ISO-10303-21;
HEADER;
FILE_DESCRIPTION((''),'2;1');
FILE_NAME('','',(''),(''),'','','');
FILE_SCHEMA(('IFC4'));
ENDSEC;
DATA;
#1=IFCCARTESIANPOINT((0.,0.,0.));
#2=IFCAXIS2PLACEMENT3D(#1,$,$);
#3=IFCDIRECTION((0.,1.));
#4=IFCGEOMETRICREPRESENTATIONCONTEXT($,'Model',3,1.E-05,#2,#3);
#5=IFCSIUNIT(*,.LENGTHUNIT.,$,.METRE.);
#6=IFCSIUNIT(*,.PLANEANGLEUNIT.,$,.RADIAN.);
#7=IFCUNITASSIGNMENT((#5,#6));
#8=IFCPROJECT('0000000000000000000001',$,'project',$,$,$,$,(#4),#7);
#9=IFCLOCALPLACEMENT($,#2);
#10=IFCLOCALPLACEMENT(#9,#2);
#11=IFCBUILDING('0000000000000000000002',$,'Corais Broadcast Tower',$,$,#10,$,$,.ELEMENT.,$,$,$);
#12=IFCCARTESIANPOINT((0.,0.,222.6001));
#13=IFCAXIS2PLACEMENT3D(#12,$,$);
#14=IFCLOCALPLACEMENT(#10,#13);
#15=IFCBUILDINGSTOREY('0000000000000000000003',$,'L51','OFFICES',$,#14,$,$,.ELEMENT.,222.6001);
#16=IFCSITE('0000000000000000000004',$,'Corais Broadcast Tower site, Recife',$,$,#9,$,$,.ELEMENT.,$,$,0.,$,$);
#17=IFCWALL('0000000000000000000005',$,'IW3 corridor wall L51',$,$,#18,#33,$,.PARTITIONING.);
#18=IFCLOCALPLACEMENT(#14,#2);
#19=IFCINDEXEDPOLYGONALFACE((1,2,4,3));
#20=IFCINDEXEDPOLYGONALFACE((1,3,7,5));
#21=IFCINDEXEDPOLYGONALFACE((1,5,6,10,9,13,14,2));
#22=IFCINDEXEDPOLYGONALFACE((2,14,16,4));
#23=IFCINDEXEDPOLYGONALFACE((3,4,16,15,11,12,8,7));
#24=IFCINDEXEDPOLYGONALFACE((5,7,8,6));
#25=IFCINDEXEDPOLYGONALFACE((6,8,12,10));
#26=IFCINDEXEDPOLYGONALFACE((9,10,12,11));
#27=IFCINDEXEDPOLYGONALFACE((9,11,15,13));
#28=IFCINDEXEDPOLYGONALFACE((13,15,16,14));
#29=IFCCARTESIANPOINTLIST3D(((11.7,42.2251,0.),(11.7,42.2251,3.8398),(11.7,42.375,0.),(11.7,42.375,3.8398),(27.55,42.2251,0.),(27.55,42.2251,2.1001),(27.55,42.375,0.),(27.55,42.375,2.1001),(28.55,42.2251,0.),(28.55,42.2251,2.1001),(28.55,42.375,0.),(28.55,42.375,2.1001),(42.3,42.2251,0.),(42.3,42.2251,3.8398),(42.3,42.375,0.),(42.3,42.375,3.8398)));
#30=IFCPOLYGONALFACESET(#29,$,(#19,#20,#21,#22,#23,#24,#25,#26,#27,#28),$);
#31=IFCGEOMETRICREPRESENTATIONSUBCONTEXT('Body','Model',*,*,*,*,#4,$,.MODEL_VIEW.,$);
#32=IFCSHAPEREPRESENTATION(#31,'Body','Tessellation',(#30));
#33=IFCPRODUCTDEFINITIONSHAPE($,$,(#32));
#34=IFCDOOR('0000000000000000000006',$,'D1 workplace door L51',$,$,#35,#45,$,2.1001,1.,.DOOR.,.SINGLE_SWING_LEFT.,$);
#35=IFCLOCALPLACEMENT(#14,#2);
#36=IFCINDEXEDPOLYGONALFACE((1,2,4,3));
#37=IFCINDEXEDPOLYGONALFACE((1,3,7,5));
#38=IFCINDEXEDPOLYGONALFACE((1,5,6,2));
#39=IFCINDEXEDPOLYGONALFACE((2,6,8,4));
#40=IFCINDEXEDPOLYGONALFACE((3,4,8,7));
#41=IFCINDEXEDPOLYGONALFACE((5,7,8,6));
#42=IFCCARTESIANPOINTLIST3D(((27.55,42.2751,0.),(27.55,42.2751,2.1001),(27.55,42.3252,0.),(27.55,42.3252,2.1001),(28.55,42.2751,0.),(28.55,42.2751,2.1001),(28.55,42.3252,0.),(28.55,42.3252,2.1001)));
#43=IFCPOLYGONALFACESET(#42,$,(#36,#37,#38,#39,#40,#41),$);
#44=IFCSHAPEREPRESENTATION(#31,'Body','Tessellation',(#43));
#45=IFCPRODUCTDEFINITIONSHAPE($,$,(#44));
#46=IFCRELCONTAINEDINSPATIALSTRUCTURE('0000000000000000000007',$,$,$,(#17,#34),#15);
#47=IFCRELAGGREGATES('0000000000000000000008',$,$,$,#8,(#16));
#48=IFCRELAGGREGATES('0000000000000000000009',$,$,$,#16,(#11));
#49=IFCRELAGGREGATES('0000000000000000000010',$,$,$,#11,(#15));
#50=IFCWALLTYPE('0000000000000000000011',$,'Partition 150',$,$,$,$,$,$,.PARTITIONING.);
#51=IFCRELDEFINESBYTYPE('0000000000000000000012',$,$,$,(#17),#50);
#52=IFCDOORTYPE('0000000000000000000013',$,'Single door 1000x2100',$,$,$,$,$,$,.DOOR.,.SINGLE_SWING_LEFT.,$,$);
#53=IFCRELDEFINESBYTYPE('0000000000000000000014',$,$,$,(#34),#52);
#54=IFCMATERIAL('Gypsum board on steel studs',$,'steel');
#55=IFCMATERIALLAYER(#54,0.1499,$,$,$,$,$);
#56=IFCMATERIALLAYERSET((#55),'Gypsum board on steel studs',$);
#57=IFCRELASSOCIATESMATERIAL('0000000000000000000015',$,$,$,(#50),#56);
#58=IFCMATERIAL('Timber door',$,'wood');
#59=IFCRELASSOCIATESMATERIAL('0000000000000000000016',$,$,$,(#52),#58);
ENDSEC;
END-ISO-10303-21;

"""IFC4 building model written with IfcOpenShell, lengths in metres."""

from ifc_helpers import new_model, si_unit, direction, frame, frame_2d, origin, place, context, subcontext, project, spatial, rectangle, extrude, material, layer, layer_set, type_object, element, fill, save


model = new_model("IFC4")

# Units and contexts
model_context = context("Model", 3, precision=1e-05, world=origin(), true_north=direction((0.0, 1.0)))
body_context = subcontext(model_context, "Body", "Model", "MODEL_VIEW")
ifc_project = project(units=[si_unit("LENGTHUNIT", "METRE"), si_unit("PLANEANGLEUNIT", "RADIAN")], contexts=[model_context])

# Site, building, storey
site_placement = place(None, origin())
site = spatial("IfcSite", under=ifc_project, at=site_placement, Name="Corais Broadcast Tower site, Recife", CompositionType="ELEMENT", RefElevation=0.0)
building_placement = place(site_placement, origin())
building = spatial("IfcBuilding", under=site, at=building_placement, Name="Corais Broadcast Tower", CompositionType="ELEMENT")
storey_placement = place(building_placement, frame((0.0, 0.0, 222.6001)))
storey = spatial("IfcBuildingStorey", under=building, at=storey_placement, Name="L51", Description="OFFICES", CompositionType="ELEMENT", Elevation=222.6001)

# Wall, opening, door
ifc_material_1 = material(Name="Gypsum board on steel studs", Category="steel")
ifc_layer_1 = layer(ifc_material_1, 0.1499)
ifc_layer_set_1 = layer_set([ifc_layer_1], Name="Gypsum board on steel studs")
wall_type = type_object("IfcWallType", Name="Partition 150", PredefinedType="PARTITIONING", material=ifc_layer_set_1)
wall_placement = place(storey_placement, frame((42.3, 42.3, 0.0), z_axis=(0.0, 0.0, 1.0), x_axis=(-1.0, 0.0, 0.0)))
wall = element("IfcWall", 1, at=wall_placement, inside=storey, type_object=wall_type, Name="IW3 corridor wall L51", PredefinedType="PARTITIONING", context=body_context, shape_type="SweptSolid", body=[
    extrude(rectangle(XDim=30.6001, YDim=0.1499, at=frame_2d((15.3, 0.0))), origin(), (0.0, 0.0, 1.0), 3.8398),
])
opening_placement = place(wall_placement, frame((13.75, 0.0, 0.0)))
opening = element("IfcOpeningElement", 2, at=opening_placement, cuts=wall, PredefinedType="OPENING", context=body_context, shape_type="SweptSolid", body=[
    extrude(rectangle(XDim=1.0, YDim=2.1001, at=frame_2d((0.5, 1.05))), frame((0.0, 0.085, 0.0), z_axis=(0.0, -1.0, 0.0), x_axis=(1.0, 0.0, 0.0)), (0.0, 0.0, 1.0), 0.1699),
])
ifc_material_2 = material(Name="Timber door", Category="wood")
door_type = type_object("IfcDoorType", Name="Single door 1000x2100", OperationType="SINGLE_SWING_LEFT", PredefinedType="DOOR", material=ifc_material_2)
door_placement = place(opening_placement, origin())
door = element("IfcDoor", 3, at=door_placement, inside=storey, type_object=door_type, Name="D1 workplace door L51", OperationType="SINGLE_SWING_LEFT", OverallHeight=2.1001, OverallWidth=1.0, PredefinedType="DOOR", context=body_context, shape_type="SweptSolid", body=[
    extrude(rectangle(XDim=1.0, YDim=2.1001, at=frame_2d((0.5, 1.05))), frame((0.0, 0.0249, 0.0), z_axis=(0.0, -1.0, 0.0), x_axis=(1.0, 0.0, 0.0)), (0.0, 0.0, 1.0), 0.05),
])
fill(opening, door)

save(model, "model.ifc")
